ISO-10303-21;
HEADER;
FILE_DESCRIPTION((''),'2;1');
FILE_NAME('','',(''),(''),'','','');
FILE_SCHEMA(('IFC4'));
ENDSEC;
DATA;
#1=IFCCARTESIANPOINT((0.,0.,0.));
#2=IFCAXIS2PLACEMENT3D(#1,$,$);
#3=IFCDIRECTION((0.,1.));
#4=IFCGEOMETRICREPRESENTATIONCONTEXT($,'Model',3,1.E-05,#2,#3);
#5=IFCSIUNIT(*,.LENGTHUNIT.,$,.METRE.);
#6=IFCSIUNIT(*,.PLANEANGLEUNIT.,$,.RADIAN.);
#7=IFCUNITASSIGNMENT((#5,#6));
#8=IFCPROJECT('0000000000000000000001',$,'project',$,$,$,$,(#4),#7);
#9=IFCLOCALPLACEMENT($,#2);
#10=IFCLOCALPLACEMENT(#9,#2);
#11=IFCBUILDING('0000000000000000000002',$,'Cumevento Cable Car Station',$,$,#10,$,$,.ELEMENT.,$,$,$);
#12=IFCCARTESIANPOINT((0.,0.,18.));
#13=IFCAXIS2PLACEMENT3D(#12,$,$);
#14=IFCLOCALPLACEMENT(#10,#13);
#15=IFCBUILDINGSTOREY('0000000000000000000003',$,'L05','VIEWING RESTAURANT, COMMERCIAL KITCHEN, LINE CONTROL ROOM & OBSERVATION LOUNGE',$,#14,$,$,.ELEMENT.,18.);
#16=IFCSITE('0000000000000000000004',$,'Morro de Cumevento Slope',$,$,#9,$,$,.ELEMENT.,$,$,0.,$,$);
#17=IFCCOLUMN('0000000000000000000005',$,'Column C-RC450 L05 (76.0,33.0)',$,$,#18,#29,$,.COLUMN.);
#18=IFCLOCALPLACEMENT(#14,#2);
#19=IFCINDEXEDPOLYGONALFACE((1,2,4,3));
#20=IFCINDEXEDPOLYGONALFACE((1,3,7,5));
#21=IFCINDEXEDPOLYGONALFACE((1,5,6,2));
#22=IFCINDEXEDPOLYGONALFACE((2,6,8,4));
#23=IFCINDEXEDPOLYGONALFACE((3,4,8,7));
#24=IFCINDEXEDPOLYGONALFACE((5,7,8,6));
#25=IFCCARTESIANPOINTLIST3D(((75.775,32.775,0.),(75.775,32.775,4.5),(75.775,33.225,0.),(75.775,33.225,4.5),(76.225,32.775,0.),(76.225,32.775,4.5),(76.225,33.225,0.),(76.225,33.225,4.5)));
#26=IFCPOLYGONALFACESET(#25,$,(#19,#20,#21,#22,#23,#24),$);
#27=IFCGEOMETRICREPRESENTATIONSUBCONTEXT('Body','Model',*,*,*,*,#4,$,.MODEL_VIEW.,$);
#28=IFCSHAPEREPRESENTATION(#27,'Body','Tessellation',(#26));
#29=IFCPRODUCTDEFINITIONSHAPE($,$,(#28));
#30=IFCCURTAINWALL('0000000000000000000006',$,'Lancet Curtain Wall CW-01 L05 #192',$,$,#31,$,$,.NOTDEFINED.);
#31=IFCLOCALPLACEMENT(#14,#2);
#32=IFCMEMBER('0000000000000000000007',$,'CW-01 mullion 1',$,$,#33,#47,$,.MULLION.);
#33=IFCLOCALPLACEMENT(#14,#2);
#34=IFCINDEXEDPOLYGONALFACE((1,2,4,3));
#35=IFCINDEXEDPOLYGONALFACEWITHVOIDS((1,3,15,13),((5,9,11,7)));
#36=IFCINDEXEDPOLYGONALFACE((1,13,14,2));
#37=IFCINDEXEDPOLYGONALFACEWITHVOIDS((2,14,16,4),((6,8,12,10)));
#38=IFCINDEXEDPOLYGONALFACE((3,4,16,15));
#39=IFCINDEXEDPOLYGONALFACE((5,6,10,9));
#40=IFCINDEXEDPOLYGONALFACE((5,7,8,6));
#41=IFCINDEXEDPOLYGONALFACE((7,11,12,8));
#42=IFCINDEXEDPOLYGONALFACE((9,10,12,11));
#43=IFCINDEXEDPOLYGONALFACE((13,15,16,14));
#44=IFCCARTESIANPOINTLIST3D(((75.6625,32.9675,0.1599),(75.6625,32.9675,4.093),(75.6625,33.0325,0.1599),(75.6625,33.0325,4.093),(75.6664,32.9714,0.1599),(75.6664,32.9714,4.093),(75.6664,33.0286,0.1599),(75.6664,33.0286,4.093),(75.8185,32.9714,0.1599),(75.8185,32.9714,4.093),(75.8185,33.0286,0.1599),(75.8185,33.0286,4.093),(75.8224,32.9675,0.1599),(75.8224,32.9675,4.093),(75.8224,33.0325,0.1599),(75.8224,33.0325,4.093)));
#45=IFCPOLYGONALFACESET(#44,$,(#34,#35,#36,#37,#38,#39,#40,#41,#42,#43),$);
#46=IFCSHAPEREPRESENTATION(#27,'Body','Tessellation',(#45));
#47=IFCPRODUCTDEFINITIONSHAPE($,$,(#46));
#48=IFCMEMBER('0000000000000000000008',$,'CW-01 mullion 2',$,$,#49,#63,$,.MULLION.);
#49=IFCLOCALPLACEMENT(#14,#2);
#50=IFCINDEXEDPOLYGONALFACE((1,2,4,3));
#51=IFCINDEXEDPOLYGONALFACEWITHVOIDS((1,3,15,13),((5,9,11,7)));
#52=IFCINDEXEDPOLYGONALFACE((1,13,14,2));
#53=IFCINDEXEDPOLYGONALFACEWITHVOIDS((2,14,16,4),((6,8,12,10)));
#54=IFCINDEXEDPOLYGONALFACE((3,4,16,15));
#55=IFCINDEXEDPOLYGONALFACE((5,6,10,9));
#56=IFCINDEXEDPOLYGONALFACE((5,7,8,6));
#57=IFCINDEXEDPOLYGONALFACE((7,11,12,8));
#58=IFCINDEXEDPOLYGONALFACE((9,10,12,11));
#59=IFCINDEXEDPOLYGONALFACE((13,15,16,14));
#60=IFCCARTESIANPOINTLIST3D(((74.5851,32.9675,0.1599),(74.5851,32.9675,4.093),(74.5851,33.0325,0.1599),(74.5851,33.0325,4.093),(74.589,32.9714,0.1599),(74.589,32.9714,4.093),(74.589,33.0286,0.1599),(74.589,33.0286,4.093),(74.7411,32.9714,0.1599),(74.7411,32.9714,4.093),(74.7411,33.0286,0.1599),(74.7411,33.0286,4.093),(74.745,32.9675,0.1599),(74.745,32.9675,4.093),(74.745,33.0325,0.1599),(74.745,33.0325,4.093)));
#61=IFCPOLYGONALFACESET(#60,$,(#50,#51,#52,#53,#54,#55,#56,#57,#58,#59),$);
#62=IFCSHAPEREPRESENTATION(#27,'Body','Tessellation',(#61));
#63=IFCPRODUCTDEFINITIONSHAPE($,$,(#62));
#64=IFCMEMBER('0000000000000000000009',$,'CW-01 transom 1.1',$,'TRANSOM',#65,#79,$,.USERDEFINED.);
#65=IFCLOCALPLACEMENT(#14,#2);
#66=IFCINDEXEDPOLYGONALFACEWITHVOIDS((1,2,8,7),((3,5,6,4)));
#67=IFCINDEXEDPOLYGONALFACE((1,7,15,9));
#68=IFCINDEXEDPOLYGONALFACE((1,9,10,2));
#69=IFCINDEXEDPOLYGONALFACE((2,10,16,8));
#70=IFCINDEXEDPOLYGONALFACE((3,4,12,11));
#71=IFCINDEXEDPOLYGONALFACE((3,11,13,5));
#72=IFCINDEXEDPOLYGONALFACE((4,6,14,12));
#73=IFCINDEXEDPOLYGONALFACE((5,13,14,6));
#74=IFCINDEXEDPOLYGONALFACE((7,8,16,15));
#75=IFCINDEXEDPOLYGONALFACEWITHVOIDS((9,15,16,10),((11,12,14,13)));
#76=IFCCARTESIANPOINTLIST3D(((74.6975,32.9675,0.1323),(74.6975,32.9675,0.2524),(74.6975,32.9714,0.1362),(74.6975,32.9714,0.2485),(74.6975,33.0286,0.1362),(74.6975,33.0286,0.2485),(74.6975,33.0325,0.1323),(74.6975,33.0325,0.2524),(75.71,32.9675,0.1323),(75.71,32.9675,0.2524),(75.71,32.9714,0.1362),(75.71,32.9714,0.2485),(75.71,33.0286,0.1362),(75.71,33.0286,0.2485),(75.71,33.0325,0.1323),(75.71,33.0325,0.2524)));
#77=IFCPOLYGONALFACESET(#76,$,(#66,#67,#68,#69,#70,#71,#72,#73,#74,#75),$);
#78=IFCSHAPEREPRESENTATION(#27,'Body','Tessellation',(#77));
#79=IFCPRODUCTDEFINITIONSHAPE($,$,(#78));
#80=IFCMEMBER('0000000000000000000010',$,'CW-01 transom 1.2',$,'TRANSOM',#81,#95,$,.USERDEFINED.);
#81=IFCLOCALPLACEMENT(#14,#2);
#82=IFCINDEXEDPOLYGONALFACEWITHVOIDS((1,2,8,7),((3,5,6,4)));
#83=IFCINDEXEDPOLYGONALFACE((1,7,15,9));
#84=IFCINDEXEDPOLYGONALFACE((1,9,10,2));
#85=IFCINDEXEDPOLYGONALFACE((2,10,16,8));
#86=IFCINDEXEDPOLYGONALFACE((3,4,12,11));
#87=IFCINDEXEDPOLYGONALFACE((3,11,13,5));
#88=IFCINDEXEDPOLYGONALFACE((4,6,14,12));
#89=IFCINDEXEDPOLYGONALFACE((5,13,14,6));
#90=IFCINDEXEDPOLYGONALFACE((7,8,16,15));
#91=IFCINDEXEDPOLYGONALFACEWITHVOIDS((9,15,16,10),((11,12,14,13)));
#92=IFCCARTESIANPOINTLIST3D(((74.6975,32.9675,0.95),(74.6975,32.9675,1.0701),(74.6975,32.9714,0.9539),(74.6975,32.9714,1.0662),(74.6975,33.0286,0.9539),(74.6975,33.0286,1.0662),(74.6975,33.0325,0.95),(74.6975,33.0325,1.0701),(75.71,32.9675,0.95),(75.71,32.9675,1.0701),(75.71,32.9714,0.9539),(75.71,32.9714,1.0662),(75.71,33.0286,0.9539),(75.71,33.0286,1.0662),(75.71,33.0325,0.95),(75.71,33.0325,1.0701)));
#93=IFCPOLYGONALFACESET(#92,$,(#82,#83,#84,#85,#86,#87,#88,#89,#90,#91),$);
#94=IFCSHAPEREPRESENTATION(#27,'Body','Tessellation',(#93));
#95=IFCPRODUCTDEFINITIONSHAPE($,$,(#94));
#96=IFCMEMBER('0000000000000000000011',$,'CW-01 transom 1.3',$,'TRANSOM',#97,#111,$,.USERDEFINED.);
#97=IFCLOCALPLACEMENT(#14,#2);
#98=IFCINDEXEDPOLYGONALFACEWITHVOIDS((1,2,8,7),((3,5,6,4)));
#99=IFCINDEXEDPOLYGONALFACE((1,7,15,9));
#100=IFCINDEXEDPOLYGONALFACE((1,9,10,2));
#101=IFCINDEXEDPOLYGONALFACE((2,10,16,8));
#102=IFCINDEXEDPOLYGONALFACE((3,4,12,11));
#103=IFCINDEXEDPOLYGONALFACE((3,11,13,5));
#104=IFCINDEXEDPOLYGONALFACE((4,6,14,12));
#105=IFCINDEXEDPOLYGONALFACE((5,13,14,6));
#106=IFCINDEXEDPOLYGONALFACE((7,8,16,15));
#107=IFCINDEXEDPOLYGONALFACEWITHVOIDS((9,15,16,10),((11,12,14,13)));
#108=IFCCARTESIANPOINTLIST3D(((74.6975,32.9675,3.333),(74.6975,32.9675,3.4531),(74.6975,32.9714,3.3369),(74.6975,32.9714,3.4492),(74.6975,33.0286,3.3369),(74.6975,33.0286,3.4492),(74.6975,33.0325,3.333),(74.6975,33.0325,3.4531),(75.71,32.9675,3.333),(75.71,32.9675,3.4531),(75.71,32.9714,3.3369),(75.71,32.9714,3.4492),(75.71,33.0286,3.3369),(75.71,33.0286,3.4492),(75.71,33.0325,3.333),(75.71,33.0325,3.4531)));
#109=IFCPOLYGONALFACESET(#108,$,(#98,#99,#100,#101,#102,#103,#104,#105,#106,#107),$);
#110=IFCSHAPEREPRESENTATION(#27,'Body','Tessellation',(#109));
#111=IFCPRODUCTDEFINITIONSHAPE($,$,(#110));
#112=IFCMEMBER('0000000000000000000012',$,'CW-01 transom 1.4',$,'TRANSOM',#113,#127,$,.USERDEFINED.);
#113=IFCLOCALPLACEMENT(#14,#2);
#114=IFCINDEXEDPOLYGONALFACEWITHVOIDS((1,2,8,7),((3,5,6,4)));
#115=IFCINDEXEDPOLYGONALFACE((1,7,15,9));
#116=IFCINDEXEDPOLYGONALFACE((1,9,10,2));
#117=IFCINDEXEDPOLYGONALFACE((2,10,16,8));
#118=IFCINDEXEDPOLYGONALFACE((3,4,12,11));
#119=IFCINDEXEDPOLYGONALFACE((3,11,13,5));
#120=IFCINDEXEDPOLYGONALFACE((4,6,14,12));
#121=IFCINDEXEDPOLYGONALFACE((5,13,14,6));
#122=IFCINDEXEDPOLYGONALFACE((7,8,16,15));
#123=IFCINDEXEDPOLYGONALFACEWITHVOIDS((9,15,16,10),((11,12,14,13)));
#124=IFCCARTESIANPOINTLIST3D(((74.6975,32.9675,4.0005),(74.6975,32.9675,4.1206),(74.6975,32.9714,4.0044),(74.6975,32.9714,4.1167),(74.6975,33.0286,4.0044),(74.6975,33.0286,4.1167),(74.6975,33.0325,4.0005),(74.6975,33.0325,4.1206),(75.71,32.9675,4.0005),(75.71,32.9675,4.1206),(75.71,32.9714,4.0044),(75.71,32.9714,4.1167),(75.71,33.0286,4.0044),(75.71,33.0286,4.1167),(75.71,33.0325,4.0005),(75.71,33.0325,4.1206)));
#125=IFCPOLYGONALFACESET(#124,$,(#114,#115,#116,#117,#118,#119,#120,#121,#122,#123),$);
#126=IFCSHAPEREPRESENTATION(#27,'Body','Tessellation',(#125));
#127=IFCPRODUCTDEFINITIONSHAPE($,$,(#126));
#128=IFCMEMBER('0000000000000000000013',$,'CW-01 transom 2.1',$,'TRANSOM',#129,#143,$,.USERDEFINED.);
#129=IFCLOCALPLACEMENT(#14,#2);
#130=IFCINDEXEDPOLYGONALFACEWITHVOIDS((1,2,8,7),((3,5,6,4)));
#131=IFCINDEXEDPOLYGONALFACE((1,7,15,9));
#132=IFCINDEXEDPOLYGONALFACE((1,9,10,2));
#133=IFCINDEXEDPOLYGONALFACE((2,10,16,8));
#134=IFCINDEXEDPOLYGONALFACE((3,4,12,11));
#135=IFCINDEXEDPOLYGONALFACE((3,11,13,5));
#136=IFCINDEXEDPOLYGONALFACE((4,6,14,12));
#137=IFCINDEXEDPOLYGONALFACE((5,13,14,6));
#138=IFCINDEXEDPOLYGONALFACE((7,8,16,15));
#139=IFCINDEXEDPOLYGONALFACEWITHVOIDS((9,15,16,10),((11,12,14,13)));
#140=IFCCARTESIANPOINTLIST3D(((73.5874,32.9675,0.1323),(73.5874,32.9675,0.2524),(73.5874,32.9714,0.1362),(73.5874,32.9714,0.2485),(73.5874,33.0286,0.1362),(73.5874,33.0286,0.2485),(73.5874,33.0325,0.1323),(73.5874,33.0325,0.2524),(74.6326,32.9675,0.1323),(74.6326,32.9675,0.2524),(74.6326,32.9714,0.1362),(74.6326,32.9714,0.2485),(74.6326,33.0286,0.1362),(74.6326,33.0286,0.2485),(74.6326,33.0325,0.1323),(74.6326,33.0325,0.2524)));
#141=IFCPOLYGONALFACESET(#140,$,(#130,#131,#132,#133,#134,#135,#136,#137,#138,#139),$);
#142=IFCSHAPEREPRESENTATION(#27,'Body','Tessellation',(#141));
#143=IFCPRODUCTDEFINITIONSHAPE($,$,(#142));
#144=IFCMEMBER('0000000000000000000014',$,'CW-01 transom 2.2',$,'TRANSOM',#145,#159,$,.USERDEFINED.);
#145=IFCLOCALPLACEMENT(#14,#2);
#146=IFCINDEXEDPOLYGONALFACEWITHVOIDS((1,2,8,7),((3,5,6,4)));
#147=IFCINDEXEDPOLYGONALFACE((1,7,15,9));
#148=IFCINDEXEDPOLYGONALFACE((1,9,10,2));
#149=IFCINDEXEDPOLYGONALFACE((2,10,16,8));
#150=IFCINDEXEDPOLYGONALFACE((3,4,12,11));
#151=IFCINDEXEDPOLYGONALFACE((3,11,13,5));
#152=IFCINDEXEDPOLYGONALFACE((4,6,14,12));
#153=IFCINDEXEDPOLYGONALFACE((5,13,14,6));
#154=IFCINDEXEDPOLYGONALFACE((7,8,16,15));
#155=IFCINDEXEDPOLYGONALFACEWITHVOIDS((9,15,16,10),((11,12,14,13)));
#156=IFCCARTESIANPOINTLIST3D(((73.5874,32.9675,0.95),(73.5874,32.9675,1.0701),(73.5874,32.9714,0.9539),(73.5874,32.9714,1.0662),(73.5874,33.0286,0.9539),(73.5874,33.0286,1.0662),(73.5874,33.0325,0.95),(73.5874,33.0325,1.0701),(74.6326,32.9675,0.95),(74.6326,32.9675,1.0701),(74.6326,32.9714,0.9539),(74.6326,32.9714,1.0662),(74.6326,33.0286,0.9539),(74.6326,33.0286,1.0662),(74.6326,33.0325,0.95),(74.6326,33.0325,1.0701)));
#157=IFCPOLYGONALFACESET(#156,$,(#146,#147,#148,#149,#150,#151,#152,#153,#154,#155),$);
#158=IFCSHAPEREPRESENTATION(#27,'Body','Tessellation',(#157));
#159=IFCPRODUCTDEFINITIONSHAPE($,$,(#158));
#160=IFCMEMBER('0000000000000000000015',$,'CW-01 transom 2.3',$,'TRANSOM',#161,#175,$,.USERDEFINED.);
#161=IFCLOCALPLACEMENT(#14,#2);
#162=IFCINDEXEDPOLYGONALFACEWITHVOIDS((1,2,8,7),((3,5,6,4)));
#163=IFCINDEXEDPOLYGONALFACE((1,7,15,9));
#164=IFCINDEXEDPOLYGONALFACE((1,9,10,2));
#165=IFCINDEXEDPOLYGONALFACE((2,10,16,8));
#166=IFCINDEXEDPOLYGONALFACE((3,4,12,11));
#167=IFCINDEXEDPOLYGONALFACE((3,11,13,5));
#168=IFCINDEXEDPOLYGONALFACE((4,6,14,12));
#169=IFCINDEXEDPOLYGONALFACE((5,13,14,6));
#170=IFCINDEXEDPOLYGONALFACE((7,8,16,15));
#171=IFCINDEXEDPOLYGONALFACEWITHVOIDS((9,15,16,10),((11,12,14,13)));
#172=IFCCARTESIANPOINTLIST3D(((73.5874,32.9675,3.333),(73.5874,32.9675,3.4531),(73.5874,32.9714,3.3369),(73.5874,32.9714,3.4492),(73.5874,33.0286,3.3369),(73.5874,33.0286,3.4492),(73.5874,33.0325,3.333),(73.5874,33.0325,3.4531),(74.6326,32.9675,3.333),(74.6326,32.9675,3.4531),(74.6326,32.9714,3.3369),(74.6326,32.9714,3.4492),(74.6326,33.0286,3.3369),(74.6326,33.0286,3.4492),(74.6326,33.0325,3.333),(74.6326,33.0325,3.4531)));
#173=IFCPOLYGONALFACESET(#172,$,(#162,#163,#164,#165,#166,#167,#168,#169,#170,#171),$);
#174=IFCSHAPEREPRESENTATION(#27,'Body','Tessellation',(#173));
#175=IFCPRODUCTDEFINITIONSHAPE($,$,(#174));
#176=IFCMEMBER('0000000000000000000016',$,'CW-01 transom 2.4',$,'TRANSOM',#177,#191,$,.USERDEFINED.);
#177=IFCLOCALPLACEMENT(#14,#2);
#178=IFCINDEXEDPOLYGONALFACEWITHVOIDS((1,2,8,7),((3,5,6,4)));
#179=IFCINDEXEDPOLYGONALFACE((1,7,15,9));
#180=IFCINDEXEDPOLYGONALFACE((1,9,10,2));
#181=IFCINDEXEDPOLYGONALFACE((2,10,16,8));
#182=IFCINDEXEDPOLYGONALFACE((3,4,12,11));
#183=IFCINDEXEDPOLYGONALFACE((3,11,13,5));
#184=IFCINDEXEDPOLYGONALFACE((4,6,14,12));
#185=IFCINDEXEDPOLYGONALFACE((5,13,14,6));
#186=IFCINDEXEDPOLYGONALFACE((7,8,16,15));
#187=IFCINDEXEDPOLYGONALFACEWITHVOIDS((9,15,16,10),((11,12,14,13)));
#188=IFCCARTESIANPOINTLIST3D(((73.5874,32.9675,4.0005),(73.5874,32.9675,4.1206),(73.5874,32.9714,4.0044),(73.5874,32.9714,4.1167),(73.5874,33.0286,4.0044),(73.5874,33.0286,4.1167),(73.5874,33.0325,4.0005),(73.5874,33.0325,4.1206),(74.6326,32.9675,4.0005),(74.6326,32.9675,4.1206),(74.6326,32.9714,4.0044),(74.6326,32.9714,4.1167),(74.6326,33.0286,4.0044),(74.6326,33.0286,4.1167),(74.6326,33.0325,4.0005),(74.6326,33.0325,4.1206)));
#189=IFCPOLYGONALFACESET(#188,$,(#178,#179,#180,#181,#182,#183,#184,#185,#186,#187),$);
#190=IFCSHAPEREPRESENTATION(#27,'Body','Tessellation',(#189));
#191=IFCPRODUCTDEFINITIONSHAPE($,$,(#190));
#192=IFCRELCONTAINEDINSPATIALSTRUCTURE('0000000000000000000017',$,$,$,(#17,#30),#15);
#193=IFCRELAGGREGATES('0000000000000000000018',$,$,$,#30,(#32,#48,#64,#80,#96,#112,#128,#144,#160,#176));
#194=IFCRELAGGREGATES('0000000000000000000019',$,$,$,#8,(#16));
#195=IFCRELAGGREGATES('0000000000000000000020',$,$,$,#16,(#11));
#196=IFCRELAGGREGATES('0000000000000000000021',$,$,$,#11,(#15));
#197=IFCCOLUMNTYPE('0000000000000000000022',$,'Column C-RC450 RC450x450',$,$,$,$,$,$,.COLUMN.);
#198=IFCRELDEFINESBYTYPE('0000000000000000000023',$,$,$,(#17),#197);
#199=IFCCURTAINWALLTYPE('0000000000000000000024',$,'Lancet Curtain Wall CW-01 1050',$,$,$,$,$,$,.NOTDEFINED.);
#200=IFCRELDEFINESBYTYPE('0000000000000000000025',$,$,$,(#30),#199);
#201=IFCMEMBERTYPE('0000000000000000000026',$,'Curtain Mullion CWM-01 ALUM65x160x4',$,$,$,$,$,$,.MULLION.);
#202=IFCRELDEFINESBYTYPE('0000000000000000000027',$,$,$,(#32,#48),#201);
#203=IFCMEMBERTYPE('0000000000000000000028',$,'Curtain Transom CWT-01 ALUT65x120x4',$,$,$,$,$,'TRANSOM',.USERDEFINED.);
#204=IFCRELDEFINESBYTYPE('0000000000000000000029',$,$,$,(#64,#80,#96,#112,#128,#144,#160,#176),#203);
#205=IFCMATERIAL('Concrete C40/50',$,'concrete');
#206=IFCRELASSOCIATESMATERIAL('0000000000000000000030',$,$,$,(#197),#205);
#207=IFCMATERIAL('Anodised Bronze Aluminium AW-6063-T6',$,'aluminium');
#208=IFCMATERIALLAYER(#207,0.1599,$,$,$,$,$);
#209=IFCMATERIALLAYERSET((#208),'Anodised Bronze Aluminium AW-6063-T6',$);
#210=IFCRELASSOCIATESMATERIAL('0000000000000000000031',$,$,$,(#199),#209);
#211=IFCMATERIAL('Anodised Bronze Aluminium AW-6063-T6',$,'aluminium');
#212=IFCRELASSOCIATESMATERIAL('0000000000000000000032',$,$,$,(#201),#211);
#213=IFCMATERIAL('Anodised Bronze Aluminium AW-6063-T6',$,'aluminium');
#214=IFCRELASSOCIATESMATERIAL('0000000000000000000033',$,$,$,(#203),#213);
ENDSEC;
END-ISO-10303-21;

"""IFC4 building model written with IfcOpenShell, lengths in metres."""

from ifc_helpers import new_model, si_unit, direction, frame, origin, origin_2d, place, context, subcontext, project, spatial, rectangle, hollow_rectangle, extrude, material, layer, layer_set, material_profile, profile_set, type_object, element, aggregate, save


model = new_model("IFC4")

# Units and contexts
model_context = context("Model", 3, precision=1e-05, world=origin(), true_north=direction((0.0, 1.0)))
body_context = subcontext(model_context, "Body", "Model", "MODEL_VIEW")
ifc_project = project(units=[si_unit("LENGTHUNIT", "METRE"), si_unit("PLANEANGLEUNIT", "RADIAN")], contexts=[model_context])

# Site, building, storey
site_placement = place(None, origin())
site = spatial("IfcSite", under=ifc_project, at=site_placement, Name="Morro de Cumevento Slope", CompositionType="ELEMENT", RefElevation=0.0)
building_placement = place(site_placement, origin())
building = spatial("IfcBuilding", under=site, at=building_placement, Name="Cumevento Cable Car Station", CompositionType="ELEMENT")
storey_placement = place(building_placement, frame((0.0, 0.0, 18.0)))
storey = spatial("IfcBuildingStorey", under=building, at=storey_placement, Name="L05", Description="VIEWING RESTAURANT, COMMERCIAL KITCHEN, LINE CONTROL ROOM & OBSERVATION LOUNGE", CompositionType="ELEMENT", Elevation=18.0)

# Column
ifc_material_1 = material(Name="Concrete C40/50", Category="concrete")
ifc_material_profile_1 = material_profile(ifc_material_1, rectangle(XDim=0.45, YDim=0.45, at=origin_2d()), Name="RC450x450")
ifc_profile_set_1 = profile_set([ifc_material_profile_1], Name="Concrete C40/50")
column_type = type_object("IfcColumnType", Name="Column C-RC450 RC450x450", PredefinedType="COLUMN", material=ifc_profile_set_1)
column_placement = place(storey_placement, frame((76.0, 33.0, 0.0), z_axis=(0.0, 0.0, 1.0), x_axis=(1.0, 0.0, 0.0)))
element("IfcColumn", 1, at=column_placement, inside=storey, type_object=column_type, Name="Column C-RC450 L05 (76.0,33.0)", PredefinedType="COLUMN", context=body_context, shape_type="SweptSolid", body=[
    extrude(rectangle(XDim=0.45, YDim=0.45, at=origin_2d()), origin(), (0.0, 0.0, 1.0), 4.5),
])

# Curtain wall, members
ifc_material_2 = material(Name="Anodised Bronze Aluminium AW-6063-T6", Category="aluminium")
ifc_layer_1 = layer(ifc_material_2, 0.1599)
ifc_layer_set_1 = layer_set([ifc_layer_1], Name="Anodised Bronze Aluminium AW-6063-T6")
curtain_wall_type = type_object("IfcCurtainWallType", Name="Lancet Curtain Wall CW-01 1050", PredefinedType="NOTDEFINED", material=ifc_layer_set_1)
curtain_wall_placement = place(storey_placement, origin())
curtain_wall = element("IfcCurtainWall", 2, at=curtain_wall_placement, inside=storey, type_object=curtain_wall_type, Name="Lancet Curtain Wall CW-01 L05 #192", PredefinedType="NOTDEFINED")
ifc_material_3 = material(Name="Anodised Bronze Aluminium AW-6063-T6", Category="aluminium")
ifc_material_profile_2 = material_profile(ifc_material_3, hollow_rectangle(XDim=0.0649, YDim=0.1599, WallThickness=0.0039, at=origin_2d()), Name="ALUM65x160x4")
ifc_profile_set_2 = profile_set([ifc_material_profile_2], Name="Anodised Bronze Aluminium AW-6063-T6")
member_type_1 = type_object("IfcMemberType", Name="Curtain Mullion CWM-01 ALUM65x160x4", PredefinedType="MULLION", material=ifc_profile_set_2)
member_1_placement = place(storey_placement, frame((75.7424, 33.0, 0.1599), z_axis=(0.0, 0.0, 1.0), x_axis=(0.0, -1.0, 0.0)))
member_1 = element("IfcMember", 3, at=member_1_placement, type_object=member_type_1, Name="CW-01 mullion 1", PredefinedType="MULLION", context=body_context, shape_type="SweptSolid", body=[
    extrude(hollow_rectangle(XDim=0.0649, YDim=0.1599, WallThickness=0.0039, at=origin_2d()), origin(), (0.0, 0.0, 1.0), 3.9331),
])
member_2_placement = place(storey_placement, frame((74.665, 33.0, 0.1599), z_axis=(0.0, 0.0, 1.0), x_axis=(0.0, -1.0, 0.0)))
member_2 = element("IfcMember", 4, at=member_2_placement, type_object=member_type_1, Name="CW-01 mullion 2", PredefinedType="MULLION", context=body_context, shape_type="SweptSolid", body=[
    extrude(hollow_rectangle(XDim=0.0649, YDim=0.1599, WallThickness=0.0039, at=origin_2d()), origin(), (0.0, 0.0, 1.0), 3.9331),
])
ifc_material_4 = material(Name="Anodised Bronze Aluminium AW-6063-T6", Category="aluminium")
ifc_material_profile_3 = material_profile(ifc_material_4, hollow_rectangle(XDim=0.0649, YDim=0.1201, WallThickness=0.0039, at=origin_2d()), Name="ALUT65x120x4")
ifc_profile_set_3 = profile_set([ifc_material_profile_3], Name="Anodised Bronze Aluminium AW-6063-T6")
member_type_2 = type_object("IfcMemberType", Name="Curtain Transom CWT-01 ALUT65x120x4", ElementType="TRANSOM", PredefinedType="USERDEFINED", material=ifc_profile_set_3)
member_3_placement = place(storey_placement, frame((75.71, 33.0, 0.1924), z_axis=(-1.0, 0.0, 0.0), x_axis=(0.0, -1.0, 0.0)))
member_3 = element("IfcMember", 5, at=member_3_placement, type_object=member_type_2, Name="CW-01 transom 1.1", ObjectType="TRANSOM", PredefinedType="USERDEFINED", context=body_context, shape_type="SweptSolid", body=[
    extrude(hollow_rectangle(XDim=0.0649, YDim=0.1201, WallThickness=0.0039, at=origin_2d()), origin(), (0.0, 0.0, 1.0), 1.0125),
])
member_4_placement = place(storey_placement, frame((75.71, 33.0, 1.01), z_axis=(-1.0, 0.0, 0.0), x_axis=(0.0, -1.0, 0.0)))
member_4 = element("IfcMember", 6, at=member_4_placement, type_object=member_type_2, Name="CW-01 transom 1.2", ObjectType="TRANSOM", PredefinedType="USERDEFINED", context=body_context, shape_type="SweptSolid", body=[
    extrude(hollow_rectangle(XDim=0.0649, YDim=0.1201, WallThickness=0.0039, at=origin_2d()), origin(), (0.0, 0.0, 1.0), 1.0125),
])
member_5_placement = place(storey_placement, frame((75.71, 33.0, 3.3931), z_axis=(-1.0, 0.0, 0.0), x_axis=(0.0, -1.0, 0.0)))
member_5 = element("IfcMember", 7, at=member_5_placement, type_object=member_type_2, Name="CW-01 transom 1.3", ObjectType="TRANSOM", PredefinedType="USERDEFINED", context=body_context, shape_type="SweptSolid", body=[
    extrude(hollow_rectangle(XDim=0.0649, YDim=0.1201, WallThickness=0.0039, at=origin_2d()), origin(), (0.0, 0.0, 1.0), 1.0125),
])
member_6_placement = place(storey_placement, frame((75.71, 33.0, 4.0605), z_axis=(-1.0, 0.0, 0.0), x_axis=(0.0, -1.0, 0.0)))
member_6 = element("IfcMember", 8, at=member_6_placement, type_object=member_type_2, Name="CW-01 transom 1.4", ObjectType="TRANSOM", PredefinedType="USERDEFINED", context=body_context, shape_type="SweptSolid", body=[
    extrude(hollow_rectangle(XDim=0.0649, YDim=0.1201, WallThickness=0.0039, at=origin_2d()), origin(), (0.0, 0.0, 1.0), 1.0125),
])
member_7_placement = place(storey_placement, frame((74.6326, 33.0, 0.1924), z_axis=(-1.0, 0.0, 0.0), x_axis=(0.0, -1.0, 0.0)))
member_7 = element("IfcMember", 9, at=member_7_placement, type_object=member_type_2, Name="CW-01 transom 2.1", ObjectType="TRANSOM", PredefinedType="USERDEFINED", context=body_context, shape_type="SweptSolid", body=[
    extrude(hollow_rectangle(XDim=0.0649, YDim=0.1201, WallThickness=0.0039, at=origin_2d()), origin(), (0.0, 0.0, 1.0), 1.0452),
])
member_8_placement = place(storey_placement, frame((74.6326, 33.0, 1.01), z_axis=(-1.0, 0.0, 0.0), x_axis=(0.0, -1.0, 0.0)))
member_8 = element("IfcMember", 10, at=member_8_placement, type_object=member_type_2, Name="CW-01 transom 2.2", ObjectType="TRANSOM", PredefinedType="USERDEFINED", context=body_context, shape_type="SweptSolid", body=[
    extrude(hollow_rectangle(XDim=0.0649, YDim=0.1201, WallThickness=0.0039, at=origin_2d()), origin(), (0.0, 0.0, 1.0), 1.0452),
])
member_9_placement = place(storey_placement, frame((74.6326, 33.0, 3.3931), z_axis=(-1.0, 0.0, 0.0), x_axis=(0.0, -1.0, 0.0)))
member_9 = element("IfcMember", 11, at=member_9_placement, type_object=member_type_2, Name="CW-01 transom 2.3", ObjectType="TRANSOM", PredefinedType="USERDEFINED", context=body_context, shape_type="SweptSolid", body=[
    extrude(hollow_rectangle(XDim=0.0649, YDim=0.1201, WallThickness=0.0039, at=origin_2d()), origin(), (0.0, 0.0, 1.0), 1.0452),
])
member_10_placement = place(storey_placement, frame((74.6326, 33.0, 4.0605), z_axis=(-1.0, 0.0, 0.0), x_axis=(0.0, -1.0, 0.0)))
member_10 = element("IfcMember", 12, at=member_10_placement, type_object=member_type_2, Name="CW-01 transom 2.4", ObjectType="TRANSOM", PredefinedType="USERDEFINED", context=body_context, shape_type="SweptSolid", body=[
    extrude(hollow_rectangle(XDim=0.0649, YDim=0.1201, WallThickness=0.0039, at=origin_2d()), origin(), (0.0, 0.0, 1.0), 1.0452),
])
aggregate(curtain_wall, [member_1, member_2, member_3, member_4, member_5, member_6, member_7, member_8, member_9, member_10])

save(model, "model.ifc")
